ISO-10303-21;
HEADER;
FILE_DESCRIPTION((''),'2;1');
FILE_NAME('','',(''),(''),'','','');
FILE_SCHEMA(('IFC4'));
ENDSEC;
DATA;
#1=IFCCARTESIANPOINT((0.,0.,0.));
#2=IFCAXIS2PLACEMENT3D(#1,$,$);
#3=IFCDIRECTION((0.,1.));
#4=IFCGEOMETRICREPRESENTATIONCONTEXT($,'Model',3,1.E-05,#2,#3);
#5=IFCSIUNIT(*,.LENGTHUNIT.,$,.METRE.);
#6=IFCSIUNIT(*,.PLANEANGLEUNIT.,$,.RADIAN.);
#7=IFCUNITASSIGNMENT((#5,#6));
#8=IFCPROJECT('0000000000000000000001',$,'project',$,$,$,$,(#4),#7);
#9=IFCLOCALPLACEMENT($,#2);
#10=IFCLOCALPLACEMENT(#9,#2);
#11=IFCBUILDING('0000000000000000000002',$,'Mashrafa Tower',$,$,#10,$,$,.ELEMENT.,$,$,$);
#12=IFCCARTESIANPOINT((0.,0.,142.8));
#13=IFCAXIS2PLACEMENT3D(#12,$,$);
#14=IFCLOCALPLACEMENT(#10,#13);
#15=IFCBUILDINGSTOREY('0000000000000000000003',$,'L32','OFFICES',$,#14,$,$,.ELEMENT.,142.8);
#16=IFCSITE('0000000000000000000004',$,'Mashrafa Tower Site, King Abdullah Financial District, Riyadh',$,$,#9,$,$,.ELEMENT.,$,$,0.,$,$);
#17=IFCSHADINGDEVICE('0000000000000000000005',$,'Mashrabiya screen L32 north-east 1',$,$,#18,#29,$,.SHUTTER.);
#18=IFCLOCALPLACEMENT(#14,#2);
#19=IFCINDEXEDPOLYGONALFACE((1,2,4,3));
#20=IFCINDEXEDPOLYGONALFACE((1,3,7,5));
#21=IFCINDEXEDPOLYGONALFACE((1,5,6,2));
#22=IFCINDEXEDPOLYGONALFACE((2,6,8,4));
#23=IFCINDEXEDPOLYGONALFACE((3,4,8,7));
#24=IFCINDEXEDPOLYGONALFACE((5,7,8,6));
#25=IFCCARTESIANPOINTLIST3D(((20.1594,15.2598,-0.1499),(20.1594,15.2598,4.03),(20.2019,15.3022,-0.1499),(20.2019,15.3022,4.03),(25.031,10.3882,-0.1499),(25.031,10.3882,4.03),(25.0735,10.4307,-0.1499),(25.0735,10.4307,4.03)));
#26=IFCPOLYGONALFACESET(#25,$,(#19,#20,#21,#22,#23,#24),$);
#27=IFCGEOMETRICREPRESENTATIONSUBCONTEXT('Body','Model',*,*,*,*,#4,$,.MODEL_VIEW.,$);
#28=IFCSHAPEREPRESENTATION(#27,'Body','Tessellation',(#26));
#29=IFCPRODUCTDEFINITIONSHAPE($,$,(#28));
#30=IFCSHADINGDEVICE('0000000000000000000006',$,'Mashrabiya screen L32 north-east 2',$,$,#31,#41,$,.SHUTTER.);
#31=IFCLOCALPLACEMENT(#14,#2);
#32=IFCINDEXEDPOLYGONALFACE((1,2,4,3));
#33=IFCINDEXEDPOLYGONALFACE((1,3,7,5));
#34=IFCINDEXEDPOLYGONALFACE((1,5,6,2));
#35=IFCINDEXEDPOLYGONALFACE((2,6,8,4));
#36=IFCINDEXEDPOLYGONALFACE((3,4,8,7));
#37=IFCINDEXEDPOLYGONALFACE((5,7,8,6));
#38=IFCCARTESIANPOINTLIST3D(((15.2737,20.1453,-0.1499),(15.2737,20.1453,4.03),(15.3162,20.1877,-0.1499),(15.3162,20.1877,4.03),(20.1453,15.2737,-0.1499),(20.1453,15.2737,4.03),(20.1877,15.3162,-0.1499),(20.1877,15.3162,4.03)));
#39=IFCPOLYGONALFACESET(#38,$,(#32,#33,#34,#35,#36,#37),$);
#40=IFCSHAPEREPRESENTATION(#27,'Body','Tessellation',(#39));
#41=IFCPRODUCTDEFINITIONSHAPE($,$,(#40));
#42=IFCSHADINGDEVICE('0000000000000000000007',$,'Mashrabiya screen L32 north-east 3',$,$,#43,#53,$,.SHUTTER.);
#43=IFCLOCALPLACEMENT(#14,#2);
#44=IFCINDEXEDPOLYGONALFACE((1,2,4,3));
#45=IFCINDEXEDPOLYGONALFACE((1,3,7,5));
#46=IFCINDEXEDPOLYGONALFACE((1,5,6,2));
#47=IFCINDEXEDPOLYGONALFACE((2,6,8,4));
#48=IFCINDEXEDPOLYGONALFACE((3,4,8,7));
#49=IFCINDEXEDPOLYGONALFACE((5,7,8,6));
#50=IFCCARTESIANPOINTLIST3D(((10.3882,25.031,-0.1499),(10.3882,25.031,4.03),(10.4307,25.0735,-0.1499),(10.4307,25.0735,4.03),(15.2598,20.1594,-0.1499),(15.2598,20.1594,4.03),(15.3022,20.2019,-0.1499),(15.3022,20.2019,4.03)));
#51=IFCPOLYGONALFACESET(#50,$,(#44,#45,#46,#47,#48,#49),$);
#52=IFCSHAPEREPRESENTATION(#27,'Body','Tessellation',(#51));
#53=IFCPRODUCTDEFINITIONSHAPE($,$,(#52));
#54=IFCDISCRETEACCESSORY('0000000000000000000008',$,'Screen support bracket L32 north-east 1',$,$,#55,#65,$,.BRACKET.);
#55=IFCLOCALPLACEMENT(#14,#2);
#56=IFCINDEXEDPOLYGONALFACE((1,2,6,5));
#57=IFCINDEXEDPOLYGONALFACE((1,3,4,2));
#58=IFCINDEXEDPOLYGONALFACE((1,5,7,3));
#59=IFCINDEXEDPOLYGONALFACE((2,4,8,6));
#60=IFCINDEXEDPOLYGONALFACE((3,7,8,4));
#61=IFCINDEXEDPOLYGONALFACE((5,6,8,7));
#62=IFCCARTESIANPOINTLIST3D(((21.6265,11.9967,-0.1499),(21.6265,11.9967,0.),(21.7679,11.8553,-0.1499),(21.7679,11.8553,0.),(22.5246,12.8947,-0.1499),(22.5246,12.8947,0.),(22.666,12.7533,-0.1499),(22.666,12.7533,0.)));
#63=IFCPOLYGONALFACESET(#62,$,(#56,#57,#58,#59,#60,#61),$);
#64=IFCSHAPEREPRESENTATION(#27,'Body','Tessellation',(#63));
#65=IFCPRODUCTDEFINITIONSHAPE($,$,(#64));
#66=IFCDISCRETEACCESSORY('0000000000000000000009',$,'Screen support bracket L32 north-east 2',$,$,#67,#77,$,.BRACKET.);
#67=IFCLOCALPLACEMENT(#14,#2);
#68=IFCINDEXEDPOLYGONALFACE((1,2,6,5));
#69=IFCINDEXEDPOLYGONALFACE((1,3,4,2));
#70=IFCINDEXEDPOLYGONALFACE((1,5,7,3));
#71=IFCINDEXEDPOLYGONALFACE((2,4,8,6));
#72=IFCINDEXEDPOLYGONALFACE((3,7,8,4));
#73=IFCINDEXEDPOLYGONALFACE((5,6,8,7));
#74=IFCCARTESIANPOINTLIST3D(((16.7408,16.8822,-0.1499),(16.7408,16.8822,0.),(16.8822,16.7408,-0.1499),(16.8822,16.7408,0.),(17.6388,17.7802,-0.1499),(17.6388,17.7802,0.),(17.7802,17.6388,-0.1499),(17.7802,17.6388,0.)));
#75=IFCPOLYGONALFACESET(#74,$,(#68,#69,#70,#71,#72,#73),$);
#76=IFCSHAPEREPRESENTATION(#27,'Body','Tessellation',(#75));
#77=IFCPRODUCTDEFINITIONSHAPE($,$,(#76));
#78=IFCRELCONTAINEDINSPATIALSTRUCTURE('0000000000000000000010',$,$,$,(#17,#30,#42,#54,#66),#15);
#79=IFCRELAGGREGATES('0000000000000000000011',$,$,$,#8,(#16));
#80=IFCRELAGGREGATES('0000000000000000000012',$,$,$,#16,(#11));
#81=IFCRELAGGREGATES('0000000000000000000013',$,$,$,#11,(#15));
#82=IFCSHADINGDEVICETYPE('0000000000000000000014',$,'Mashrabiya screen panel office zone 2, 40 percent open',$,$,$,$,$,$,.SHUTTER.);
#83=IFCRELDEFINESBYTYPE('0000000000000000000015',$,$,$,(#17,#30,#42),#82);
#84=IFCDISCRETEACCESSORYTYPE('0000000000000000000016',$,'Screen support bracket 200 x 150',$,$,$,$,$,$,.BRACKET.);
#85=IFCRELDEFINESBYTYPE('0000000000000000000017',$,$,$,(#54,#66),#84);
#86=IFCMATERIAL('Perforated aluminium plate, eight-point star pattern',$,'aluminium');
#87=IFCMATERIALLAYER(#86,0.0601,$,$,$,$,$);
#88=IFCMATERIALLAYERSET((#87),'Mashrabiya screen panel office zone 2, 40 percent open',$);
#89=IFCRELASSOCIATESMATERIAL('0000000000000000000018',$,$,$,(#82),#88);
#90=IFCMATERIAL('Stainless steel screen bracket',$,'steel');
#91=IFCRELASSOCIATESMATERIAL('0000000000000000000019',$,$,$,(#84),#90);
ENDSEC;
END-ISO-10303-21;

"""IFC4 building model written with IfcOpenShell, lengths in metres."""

from ifc_helpers import new_model, si_unit, direction, frame, origin, origin_2d, place, context, subcontext, project, spatial, rectangle, extrude, source, transform, mapped, material, layer, layer_set, type_object, type_shapes, element, save


model = new_model("IFC4")

# Units and contexts
model_context = context("Model", 3, precision=1e-05, world=origin(), true_north=direction((0.0, 1.0)))
body_context = subcontext(model_context, "Body", "Model", "MODEL_VIEW")
ifc_project = project(units=[si_unit("LENGTHUNIT", "METRE"), si_unit("PLANEANGLEUNIT", "RADIAN")], contexts=[model_context])

# Site, building, storey
site_placement = place(None, origin())
site = spatial("IfcSite", under=ifc_project, at=site_placement, Name="Mashrafa Tower Site, King Abdullah Financial District, Riyadh", CompositionType="ELEMENT", RefElevation=0.0)
building_placement = place(site_placement, origin())
building = spatial("IfcBuilding", under=site, at=building_placement, Name="Mashrafa Tower", CompositionType="ELEMENT")
storey_placement = place(building_placement, frame((0.0, 0.0, 142.8)))
storey = spatial("IfcBuildingStorey", under=building, at=storey_placement, Name="L32", Description="OFFICES", CompositionType="ELEMENT", Elevation=142.8)

# Shading devices
ifc_material_1 = material(Name="Perforated aluminium plate, eight-point star pattern", Category="aluminium")
ifc_layer_1 = layer(ifc_material_1, 0.0601)
ifc_layer_set_1 = layer_set([ifc_layer_1], Name="Mashrabiya screen panel office zone 2, 40 percent open")
shading_device_type = type_object("IfcShadingDeviceType", Name="Mashrabiya screen panel office zone 2, 40 percent open", PredefinedType="SHUTTER", material=ifc_layer_set_1)
shared_shape_1 = source(origin(), body_context, "Body", "SweptSolid", [
    extrude(rectangle(XDim=6.8894, YDim=0.0601, at=origin_2d()), origin(), (0.0, 0.0, 1.0), 4.1799),
])
type_shapes(shading_device_type, [shared_shape_1])
for number, where, z_axis, x_axis, name in (
    (1, (22.6165, 12.8452, -0.1499), (0.0, 0.0, 1.0), (-0.707107, 0.707107, 0.0), "Mashrabiya screen L32 north-east 1"),
    (2, (17.7307, 17.7307, -0.1499), (0.0, 0.0, 1.0), (-0.707107, 0.707107, 0.0), "Mashrabiya screen L32 north-east 2"),
    (3, (12.8452, 22.6165, -0.1499), (0.0, 0.0, 1.0), (-0.707107, 0.707107, 0.0), "Mashrabiya screen L32 north-east 3"),
):
    element("IfcShadingDevice", number, at=place(storey_placement, frame(where, z_axis=z_axis, x_axis=x_axis)), inside=storey, type_object=shading_device_type, Name=name, PredefinedType="SHUTTER", context=body_context, shape_type="MappedRepresentation", body=[
        mapped(shared_shape_1, transform((0.0, 0.0, 0.0))),
    ])

# Discrete accessories
ifc_material_2 = material(Name="Stainless steel screen bracket", Category="steel")
discrete_accessory_type = type_object("IfcDiscreteAccessoryType", Name="Screen support bracket 200 x 150", PredefinedType="BRACKET", material=ifc_material_2)
shared_shape_2 = source(origin(), body_context, "Body", "SweptSolid", [
    extrude(rectangle(XDim=0.2, YDim=1.27, at=origin_2d()), origin(), (0.0, 0.0, 1.0), 0.1499),
])
type_shapes(discrete_accessory_type, [shared_shape_2])
for number, where, z_axis, x_axis, name in (
    (4, (22.1462, 12.375, -0.1499), (0.0, 0.0, 1.0), (-0.707107, 0.707107, 0.0), "Screen support bracket L32 north-east 1"),
    (5, (17.2605, 17.2605, -0.1499), (0.0, 0.0, 1.0), (-0.707107, 0.707107, 0.0), "Screen support bracket L32 north-east 2"),
):
    element("IfcDiscreteAccessory", number, at=place(storey_placement, frame(where, z_axis=z_axis, x_axis=x_axis)), inside=storey, type_object=discrete_accessory_type, Name=name, PredefinedType="BRACKET", context=body_context, shape_type="MappedRepresentation", body=[
        mapped(shared_shape_2, transform((0.0, 0.0, 0.0))),
    ])

save(model, "model.ifc")
